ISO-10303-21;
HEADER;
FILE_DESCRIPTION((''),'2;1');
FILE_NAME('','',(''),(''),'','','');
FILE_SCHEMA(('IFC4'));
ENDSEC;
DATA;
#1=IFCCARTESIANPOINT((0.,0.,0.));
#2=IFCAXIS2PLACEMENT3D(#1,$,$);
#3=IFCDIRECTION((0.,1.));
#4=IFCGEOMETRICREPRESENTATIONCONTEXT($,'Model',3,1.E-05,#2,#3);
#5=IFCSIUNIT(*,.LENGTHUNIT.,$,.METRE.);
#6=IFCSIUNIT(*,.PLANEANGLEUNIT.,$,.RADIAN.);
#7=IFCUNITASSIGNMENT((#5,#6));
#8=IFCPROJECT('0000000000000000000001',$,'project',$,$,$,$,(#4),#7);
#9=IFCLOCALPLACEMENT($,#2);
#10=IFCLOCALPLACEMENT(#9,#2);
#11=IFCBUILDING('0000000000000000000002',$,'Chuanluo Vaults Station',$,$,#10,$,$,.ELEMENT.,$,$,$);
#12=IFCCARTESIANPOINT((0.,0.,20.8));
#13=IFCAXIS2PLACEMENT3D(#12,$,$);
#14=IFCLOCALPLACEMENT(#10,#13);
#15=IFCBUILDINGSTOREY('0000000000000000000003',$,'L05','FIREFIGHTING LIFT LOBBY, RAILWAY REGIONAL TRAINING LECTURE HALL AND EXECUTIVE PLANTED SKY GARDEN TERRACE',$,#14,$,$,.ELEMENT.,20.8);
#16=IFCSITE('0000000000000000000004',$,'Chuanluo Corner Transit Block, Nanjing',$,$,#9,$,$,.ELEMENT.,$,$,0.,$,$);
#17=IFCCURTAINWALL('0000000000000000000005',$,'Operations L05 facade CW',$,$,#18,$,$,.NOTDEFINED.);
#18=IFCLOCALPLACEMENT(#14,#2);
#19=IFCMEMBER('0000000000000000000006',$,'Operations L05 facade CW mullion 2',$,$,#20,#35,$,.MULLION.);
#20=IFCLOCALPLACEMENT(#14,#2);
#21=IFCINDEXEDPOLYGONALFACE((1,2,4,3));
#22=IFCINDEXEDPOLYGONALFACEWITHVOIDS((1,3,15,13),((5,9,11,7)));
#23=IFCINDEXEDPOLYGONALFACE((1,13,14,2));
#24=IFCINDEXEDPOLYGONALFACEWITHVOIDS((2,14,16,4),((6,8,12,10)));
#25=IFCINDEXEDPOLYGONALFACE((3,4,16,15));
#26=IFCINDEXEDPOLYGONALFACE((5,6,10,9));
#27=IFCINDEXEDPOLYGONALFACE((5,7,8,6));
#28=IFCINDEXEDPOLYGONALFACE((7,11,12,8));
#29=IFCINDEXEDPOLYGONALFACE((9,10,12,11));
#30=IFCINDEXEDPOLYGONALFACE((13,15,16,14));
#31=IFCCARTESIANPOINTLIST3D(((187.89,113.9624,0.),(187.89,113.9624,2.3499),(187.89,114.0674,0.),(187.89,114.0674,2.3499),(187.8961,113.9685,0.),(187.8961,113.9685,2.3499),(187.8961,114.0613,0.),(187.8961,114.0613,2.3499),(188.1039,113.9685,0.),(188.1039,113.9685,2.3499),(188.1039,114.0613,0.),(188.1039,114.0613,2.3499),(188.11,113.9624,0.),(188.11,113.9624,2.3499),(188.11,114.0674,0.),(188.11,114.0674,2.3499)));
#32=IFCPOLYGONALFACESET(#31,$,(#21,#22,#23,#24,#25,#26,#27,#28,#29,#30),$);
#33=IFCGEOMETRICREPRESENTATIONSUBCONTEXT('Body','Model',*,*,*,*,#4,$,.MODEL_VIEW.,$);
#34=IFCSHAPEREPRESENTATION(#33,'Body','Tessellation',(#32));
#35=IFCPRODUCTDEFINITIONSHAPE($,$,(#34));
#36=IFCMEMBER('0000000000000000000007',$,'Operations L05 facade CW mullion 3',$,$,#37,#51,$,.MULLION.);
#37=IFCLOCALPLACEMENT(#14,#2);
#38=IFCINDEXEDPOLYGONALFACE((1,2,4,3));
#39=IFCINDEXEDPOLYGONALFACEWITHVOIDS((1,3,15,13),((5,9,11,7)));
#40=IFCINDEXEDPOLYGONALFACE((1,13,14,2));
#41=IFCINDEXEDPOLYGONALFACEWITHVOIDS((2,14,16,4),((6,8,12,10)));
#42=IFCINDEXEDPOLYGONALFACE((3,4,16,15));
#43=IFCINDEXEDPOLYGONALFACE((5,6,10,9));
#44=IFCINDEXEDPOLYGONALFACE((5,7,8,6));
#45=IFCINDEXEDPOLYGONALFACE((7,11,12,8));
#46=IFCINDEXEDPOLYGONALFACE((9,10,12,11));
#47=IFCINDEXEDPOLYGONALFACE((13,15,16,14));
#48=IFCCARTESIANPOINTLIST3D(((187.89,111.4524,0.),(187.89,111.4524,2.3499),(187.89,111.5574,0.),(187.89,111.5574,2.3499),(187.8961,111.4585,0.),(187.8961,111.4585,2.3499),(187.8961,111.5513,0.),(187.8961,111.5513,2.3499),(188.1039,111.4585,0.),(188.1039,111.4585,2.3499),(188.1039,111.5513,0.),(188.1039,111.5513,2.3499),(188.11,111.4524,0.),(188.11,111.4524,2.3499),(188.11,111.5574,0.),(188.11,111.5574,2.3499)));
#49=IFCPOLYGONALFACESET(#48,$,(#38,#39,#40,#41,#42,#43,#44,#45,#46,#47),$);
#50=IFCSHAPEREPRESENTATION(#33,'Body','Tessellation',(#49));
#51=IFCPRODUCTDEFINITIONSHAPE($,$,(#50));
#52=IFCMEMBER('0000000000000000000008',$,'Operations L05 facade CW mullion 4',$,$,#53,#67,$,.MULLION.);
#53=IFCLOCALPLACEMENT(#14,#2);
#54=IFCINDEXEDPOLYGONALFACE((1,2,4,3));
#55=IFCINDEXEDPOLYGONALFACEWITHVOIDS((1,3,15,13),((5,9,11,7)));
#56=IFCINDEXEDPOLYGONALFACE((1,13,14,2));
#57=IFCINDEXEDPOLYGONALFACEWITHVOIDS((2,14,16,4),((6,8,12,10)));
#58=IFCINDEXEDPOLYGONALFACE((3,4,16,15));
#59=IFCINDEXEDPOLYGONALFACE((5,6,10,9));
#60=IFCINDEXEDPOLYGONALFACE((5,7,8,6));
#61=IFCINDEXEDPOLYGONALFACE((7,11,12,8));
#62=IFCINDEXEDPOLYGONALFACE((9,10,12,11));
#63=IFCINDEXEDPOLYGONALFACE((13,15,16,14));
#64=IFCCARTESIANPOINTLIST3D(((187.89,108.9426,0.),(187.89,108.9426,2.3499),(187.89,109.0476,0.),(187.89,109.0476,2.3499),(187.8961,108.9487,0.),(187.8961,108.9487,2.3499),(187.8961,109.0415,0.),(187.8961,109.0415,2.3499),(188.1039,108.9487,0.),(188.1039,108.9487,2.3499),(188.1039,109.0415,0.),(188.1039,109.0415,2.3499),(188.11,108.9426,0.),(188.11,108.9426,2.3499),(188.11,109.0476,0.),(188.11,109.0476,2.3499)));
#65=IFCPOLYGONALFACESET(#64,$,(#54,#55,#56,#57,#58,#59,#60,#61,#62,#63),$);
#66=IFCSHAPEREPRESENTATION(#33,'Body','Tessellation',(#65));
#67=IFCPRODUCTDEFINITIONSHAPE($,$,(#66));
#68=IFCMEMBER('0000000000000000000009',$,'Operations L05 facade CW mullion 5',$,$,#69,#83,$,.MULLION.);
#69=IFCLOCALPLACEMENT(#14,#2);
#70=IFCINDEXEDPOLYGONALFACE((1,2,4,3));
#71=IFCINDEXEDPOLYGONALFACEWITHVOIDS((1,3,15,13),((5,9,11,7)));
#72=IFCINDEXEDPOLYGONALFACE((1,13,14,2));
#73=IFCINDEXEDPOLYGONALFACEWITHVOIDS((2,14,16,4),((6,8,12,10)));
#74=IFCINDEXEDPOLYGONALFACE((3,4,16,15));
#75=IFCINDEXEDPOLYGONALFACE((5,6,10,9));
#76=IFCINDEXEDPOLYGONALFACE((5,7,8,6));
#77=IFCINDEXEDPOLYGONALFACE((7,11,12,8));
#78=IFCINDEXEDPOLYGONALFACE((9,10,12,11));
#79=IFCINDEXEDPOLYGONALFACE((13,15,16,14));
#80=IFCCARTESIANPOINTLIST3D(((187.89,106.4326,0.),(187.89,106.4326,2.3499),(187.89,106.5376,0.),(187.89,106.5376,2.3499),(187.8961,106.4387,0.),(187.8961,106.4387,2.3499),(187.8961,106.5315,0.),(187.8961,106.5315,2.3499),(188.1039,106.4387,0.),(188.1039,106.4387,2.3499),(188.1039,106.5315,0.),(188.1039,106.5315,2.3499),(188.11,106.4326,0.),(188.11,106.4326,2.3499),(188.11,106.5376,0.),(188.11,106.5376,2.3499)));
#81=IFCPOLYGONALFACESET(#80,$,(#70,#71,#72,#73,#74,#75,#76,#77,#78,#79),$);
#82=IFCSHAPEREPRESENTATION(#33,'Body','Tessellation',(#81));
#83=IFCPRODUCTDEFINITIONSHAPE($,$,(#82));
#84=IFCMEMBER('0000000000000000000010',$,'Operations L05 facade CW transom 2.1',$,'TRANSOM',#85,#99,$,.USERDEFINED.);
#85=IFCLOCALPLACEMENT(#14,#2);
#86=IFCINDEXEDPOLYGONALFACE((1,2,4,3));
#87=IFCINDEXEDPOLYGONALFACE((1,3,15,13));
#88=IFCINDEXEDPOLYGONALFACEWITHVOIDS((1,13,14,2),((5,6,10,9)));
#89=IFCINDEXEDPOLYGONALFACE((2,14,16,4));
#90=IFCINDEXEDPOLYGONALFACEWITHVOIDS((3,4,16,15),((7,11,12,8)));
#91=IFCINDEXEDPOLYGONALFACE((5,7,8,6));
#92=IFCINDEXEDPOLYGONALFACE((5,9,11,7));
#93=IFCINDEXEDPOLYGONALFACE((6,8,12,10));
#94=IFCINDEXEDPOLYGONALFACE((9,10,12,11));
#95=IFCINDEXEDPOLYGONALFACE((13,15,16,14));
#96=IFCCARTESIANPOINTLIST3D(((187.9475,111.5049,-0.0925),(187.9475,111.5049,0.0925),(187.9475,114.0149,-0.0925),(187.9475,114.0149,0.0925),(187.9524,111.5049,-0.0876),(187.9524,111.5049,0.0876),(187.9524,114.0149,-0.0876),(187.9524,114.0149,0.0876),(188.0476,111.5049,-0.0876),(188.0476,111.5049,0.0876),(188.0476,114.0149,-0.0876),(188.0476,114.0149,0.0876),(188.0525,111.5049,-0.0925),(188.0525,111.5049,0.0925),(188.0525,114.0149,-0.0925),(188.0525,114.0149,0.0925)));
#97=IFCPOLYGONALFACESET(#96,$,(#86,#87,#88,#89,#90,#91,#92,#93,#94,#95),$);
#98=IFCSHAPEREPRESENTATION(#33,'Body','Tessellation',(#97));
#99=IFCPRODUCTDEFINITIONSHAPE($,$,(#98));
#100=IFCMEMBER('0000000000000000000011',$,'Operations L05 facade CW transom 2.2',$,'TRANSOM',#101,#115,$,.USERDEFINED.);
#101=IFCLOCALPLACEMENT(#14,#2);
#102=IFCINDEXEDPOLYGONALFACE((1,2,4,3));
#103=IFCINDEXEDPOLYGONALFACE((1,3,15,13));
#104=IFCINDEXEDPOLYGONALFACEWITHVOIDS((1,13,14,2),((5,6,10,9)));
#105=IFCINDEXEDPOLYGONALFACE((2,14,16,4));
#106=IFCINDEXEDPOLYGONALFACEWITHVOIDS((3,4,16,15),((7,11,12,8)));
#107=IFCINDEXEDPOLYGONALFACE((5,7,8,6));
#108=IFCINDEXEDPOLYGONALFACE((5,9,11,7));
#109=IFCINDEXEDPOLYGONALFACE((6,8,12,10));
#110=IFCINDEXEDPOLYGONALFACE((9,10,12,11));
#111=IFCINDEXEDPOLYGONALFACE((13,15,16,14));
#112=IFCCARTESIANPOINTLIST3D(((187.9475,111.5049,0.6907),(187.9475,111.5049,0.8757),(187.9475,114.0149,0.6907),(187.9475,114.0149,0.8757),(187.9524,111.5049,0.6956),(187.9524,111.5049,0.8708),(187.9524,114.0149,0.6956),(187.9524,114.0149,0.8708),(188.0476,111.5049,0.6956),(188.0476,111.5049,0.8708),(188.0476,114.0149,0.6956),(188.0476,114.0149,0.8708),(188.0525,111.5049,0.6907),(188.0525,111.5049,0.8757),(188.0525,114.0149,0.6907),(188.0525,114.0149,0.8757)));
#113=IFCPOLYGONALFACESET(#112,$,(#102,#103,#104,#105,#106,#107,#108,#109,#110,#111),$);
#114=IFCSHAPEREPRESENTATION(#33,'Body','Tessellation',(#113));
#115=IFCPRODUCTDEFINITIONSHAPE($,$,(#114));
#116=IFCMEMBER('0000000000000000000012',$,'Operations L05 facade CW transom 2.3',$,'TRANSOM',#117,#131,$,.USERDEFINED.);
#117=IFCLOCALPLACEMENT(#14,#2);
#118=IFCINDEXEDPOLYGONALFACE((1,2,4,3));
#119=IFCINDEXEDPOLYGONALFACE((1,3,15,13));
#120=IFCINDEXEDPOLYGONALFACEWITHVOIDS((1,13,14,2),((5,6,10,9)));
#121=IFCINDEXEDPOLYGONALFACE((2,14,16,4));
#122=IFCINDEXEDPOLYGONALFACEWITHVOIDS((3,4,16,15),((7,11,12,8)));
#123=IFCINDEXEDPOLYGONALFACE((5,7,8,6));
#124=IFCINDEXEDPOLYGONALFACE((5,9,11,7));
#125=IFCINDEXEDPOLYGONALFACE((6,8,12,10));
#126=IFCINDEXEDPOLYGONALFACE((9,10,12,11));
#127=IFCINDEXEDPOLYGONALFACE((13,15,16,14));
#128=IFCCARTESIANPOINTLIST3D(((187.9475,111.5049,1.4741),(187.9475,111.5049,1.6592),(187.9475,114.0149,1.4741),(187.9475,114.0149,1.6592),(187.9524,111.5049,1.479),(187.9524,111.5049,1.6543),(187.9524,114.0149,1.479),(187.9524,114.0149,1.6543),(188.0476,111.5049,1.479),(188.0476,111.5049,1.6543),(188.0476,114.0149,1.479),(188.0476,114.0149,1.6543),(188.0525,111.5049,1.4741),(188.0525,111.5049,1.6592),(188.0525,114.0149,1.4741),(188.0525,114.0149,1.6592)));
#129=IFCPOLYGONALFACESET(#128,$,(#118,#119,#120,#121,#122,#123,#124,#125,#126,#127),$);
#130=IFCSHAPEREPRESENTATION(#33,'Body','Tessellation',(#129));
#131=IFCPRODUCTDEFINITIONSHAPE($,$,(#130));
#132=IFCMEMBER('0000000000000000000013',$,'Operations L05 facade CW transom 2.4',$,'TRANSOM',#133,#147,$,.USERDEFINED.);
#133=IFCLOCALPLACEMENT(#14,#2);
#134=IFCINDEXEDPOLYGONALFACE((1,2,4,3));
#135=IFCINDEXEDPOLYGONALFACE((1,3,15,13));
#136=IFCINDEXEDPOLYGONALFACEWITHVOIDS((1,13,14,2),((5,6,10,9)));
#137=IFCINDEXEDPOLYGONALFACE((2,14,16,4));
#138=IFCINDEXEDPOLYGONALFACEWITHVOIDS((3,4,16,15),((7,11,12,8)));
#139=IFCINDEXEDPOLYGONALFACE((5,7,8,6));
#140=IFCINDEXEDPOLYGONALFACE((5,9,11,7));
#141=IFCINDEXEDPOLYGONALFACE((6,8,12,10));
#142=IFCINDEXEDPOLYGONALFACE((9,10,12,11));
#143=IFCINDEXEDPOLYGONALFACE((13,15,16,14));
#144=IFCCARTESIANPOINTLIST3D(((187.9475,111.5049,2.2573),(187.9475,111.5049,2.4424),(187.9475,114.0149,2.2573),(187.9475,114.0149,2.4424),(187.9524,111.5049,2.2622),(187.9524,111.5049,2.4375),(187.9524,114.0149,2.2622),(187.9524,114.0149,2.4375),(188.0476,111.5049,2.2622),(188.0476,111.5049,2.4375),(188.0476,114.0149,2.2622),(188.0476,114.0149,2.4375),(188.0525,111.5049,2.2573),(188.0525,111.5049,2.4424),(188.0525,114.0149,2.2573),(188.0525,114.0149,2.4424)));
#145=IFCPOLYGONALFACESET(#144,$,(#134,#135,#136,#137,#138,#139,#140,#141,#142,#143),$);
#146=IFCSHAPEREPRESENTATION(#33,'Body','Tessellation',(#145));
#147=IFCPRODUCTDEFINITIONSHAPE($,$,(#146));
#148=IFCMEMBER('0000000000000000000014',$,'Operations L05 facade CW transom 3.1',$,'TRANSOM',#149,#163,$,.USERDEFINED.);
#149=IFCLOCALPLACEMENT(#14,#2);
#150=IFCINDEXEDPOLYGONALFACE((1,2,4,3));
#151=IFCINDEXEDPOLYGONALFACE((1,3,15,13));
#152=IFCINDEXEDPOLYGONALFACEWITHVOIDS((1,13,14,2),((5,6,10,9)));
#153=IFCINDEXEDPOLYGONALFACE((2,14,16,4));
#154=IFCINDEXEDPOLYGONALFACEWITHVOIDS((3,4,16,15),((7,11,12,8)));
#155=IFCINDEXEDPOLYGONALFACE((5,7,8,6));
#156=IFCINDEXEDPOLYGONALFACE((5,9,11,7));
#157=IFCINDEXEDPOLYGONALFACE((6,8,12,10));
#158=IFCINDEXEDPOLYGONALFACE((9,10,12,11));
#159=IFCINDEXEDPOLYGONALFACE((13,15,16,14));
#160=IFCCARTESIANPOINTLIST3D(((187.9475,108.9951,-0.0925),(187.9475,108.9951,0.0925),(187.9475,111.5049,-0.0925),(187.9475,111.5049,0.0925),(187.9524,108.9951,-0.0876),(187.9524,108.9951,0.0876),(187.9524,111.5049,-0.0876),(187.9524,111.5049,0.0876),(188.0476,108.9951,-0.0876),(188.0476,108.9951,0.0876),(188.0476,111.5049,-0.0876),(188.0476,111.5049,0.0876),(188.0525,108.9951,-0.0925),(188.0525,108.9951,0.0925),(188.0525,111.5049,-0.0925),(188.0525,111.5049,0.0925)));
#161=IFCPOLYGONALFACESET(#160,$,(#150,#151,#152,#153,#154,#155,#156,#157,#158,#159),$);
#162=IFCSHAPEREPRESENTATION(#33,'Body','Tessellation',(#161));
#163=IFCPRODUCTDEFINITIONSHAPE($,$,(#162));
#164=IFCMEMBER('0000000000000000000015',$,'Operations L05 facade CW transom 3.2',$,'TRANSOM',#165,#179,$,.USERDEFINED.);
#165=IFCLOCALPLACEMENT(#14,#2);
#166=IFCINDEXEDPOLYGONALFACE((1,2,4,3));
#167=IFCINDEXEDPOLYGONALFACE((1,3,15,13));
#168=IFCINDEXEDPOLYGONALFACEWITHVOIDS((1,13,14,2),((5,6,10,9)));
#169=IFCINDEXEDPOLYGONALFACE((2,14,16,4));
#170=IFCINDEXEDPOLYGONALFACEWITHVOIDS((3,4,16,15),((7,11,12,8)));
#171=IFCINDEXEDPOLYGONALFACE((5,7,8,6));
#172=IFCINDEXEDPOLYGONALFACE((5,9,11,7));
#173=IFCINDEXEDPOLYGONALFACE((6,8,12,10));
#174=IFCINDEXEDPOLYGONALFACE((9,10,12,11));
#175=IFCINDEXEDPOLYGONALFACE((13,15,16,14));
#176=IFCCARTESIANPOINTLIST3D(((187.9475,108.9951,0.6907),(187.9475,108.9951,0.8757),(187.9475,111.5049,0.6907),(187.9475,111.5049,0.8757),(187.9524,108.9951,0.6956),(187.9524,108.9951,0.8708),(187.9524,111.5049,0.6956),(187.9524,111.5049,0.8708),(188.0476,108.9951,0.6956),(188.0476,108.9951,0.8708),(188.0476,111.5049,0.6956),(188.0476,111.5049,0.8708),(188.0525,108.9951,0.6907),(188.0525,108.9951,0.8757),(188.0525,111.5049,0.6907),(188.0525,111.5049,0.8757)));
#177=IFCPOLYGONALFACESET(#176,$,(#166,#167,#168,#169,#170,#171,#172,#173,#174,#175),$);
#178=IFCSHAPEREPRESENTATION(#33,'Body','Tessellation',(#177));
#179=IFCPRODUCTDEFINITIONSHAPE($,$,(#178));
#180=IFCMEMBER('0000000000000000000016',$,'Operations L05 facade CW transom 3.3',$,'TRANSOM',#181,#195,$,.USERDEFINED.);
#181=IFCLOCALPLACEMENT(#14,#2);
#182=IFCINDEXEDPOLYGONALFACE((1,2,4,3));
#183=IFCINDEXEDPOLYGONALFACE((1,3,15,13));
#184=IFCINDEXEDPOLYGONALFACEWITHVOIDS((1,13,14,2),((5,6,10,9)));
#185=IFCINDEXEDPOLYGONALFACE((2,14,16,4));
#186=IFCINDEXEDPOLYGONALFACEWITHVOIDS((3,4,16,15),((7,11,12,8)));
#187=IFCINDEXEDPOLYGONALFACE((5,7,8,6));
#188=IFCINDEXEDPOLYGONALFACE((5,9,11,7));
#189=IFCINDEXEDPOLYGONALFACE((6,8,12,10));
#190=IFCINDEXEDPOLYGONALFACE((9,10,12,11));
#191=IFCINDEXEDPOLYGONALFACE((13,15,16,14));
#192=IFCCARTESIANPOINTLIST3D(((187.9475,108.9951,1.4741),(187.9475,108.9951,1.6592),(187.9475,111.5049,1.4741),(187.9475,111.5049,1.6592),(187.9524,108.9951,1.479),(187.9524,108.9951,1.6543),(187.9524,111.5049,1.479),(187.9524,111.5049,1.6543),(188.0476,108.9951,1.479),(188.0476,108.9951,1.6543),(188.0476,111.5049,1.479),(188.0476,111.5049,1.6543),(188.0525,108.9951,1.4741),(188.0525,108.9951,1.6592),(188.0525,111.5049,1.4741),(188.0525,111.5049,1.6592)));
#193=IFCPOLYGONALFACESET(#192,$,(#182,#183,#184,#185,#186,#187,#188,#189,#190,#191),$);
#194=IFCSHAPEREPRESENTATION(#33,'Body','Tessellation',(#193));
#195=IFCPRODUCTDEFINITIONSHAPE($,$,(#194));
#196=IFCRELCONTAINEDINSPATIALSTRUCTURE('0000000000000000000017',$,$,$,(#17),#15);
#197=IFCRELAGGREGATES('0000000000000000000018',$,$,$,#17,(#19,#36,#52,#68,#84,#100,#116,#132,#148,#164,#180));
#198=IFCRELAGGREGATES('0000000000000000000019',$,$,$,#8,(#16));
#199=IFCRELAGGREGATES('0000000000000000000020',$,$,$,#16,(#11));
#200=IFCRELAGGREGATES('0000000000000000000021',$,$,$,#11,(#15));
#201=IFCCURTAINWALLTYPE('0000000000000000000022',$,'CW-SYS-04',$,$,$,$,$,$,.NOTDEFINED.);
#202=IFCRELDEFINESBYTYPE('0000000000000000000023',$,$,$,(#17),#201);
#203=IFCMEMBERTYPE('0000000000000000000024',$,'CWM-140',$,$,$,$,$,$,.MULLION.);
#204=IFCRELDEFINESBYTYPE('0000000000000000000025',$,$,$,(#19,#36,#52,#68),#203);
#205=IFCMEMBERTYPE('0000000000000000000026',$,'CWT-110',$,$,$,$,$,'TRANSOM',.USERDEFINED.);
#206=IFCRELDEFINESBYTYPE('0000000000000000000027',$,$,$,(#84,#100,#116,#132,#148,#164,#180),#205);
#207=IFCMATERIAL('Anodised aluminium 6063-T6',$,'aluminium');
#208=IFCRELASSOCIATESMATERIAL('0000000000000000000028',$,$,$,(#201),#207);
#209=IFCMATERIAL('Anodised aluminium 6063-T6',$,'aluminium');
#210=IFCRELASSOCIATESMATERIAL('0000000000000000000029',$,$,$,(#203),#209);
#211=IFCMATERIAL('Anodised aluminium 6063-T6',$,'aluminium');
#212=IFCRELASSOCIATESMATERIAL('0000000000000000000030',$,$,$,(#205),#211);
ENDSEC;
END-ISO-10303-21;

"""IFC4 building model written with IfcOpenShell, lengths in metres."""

from ifc_helpers import new_model, si_unit, direction, frame, origin, origin_2d, place, context, subcontext, project, spatial, hollow_rectangle, extrude, material, material_profile, profile_set, type_object, element, aggregate, save


model = new_model("IFC4")

# Units and contexts
model_context = context("Model", 3, precision=1e-05, world=origin(), true_north=direction((0.0, 1.0)))
body_context = subcontext(model_context, "Body", "Model", "MODEL_VIEW")
ifc_project = project(units=[si_unit("LENGTHUNIT", "METRE"), si_unit("PLANEANGLEUNIT", "RADIAN")], contexts=[model_context])

# Site, building, storey
site_placement = place(None, origin())
site = spatial("IfcSite", under=ifc_project, at=site_placement, Name="Chuanluo Corner Transit Block, Nanjing", CompositionType="ELEMENT", RefElevation=0.0)
building_placement = place(site_placement, origin())
building = spatial("IfcBuilding", under=site, at=building_placement, Name="Chuanluo Vaults Station", CompositionType="ELEMENT")
storey_placement = place(building_placement, frame((0.0, 0.0, 20.8)))
storey = spatial("IfcBuildingStorey", under=building, at=storey_placement, Name="L05", Description="FIREFIGHTING LIFT LOBBY, RAILWAY REGIONAL TRAINING LECTURE HALL AND EXECUTIVE PLANTED SKY GARDEN TERRACE", CompositionType="ELEMENT", Elevation=20.8)

# Curtain wall, members
ifc_material_1 = material(Name="Anodised aluminium 6063-T6", Category="aluminium")
curtain_wall_type = type_object("IfcCurtainWallType", Name="CW-SYS-04", PredefinedType="NOTDEFINED", material=ifc_material_1)
curtain_wall_placement = place(storey_placement, origin())
curtain_wall = element("IfcCurtainWall", 1, at=curtain_wall_placement, inside=storey, type_object=curtain_wall_type, Name="Operations L05 facade CW", PredefinedType="NOTDEFINED")
ifc_material_2 = material(Name="Anodised aluminium 6063-T6", Category="aluminium")
ifc_material_profile_1 = material_profile(ifc_material_2, hollow_rectangle(XDim=0.105, YDim=0.22, WallThickness=0.0061, at=origin_2d()))
ifc_profile_set_1 = profile_set([ifc_material_profile_1], Name="Anodised aluminium 6063-T6")
member_type_1 = type_object("IfcMemberType", Name="CWM-140", PredefinedType="MULLION", material=ifc_profile_set_1)
member_1_placement = place(storey_placement, frame((188.0, 114.0149, 0.0), z_axis=(0.0, 0.0, 1.0), x_axis=(0.0, -1.0, 0.0)))
member_1 = element("IfcMember", 2, at=member_1_placement, type_object=member_type_1, Name="Operations L05 facade CW mullion 2", PredefinedType="MULLION", context=body_context, shape_type="SweptSolid", body=[
    extrude(hollow_rectangle(XDim=0.105, YDim=0.22, WallThickness=0.0061, at=origin_2d()), origin(), (0.0, 0.0, 1.0), 2.3499),
])
member_2_placement = place(storey_placement, frame((188.0, 111.5049, 0.0), z_axis=(0.0, 0.0, 1.0), x_axis=(0.0, -1.0, 0.0)))
member_2 = element("IfcMember", 3, at=member_2_placement, type_object=member_type_1, Name="Operations L05 facade CW mullion 3", PredefinedType="MULLION", context=body_context, shape_type="SweptSolid", body=[
    extrude(hollow_rectangle(XDim=0.105, YDim=0.22, WallThickness=0.0061, at=origin_2d()), origin(), (0.0, 0.0, 1.0), 2.3499),
])
member_3_placement = place(storey_placement, frame((188.0, 108.9951, 0.0), z_axis=(0.0, 0.0, 1.0), x_axis=(0.0, -1.0, 0.0)))
member_3 = element("IfcMember", 4, at=member_3_placement, type_object=member_type_1, Name="Operations L05 facade CW mullion 4", PredefinedType="MULLION", context=body_context, shape_type="SweptSolid", body=[
    extrude(hollow_rectangle(XDim=0.105, YDim=0.22, WallThickness=0.0061, at=origin_2d()), origin(), (0.0, 0.0, 1.0), 2.3499),
])
member_4_placement = place(storey_placement, frame((188.0, 106.4851, 0.0), z_axis=(0.0, 0.0, 1.0), x_axis=(0.0, -1.0, 0.0)))
member_4 = element("IfcMember", 5, at=member_4_placement, type_object=member_type_1, Name="Operations L05 facade CW mullion 5", PredefinedType="MULLION", context=body_context, shape_type="SweptSolid", body=[
    extrude(hollow_rectangle(XDim=0.105, YDim=0.22, WallThickness=0.0061, at=origin_2d()), origin(), (0.0, 0.0, 1.0), 2.3499),
])
ifc_material_3 = material(Name="Anodised aluminium 6063-T6", Category="aluminium")
ifc_material_profile_2 = material_profile(ifc_material_3, hollow_rectangle(XDim=0.105, YDim=0.1851, WallThickness=0.0049, at=origin_2d()))
ifc_profile_set_2 = profile_set([ifc_material_profile_2], Name="Anodised aluminium 6063-T6")
member_type_2 = type_object("IfcMemberType", Name="CWT-110", ElementType="TRANSOM", PredefinedType="USERDEFINED", material=ifc_profile_set_2)
member_5_placement = place(storey_placement, frame((188.0, 114.0149, 0.0), z_axis=(0.0, -1.0, 0.0), x_axis=(1.0, 0.0, 0.0)))
member_5 = element("IfcMember", 6, at=member_5_placement, type_object=member_type_2, Name="Operations L05 facade CW transom 2.1", ObjectType="TRANSOM", PredefinedType="USERDEFINED", context=body_context, shape_type="SweptSolid", body=[
    extrude(hollow_rectangle(XDim=0.105, YDim=0.1851, WallThickness=0.0049, at=origin_2d()), origin(), (0.0, 0.0, 1.0), 2.51),
])
member_6_placement = place(storey_placement, frame((188.0, 114.0149, 0.7832), z_axis=(0.0, -1.0, 0.0), x_axis=(1.0, 0.0, 0.0)))
member_6 = element("IfcMember", 7, at=member_6_placement, type_object=member_type_2, Name="Operations L05 facade CW transom 2.2", ObjectType="TRANSOM", PredefinedType="USERDEFINED", context=body_context, shape_type="SweptSolid", body=[
    extrude(hollow_rectangle(XDim=0.105, YDim=0.1851, WallThickness=0.0049, at=origin_2d()), origin(), (0.0, 0.0, 1.0), 2.51),
])
member_7_placement = place(storey_placement, frame((188.0, 114.0149, 1.5667), z_axis=(0.0, -1.0, 0.0), x_axis=(1.0, 0.0, 0.0)))
member_7 = element("IfcMember", 8, at=member_7_placement, type_object=member_type_2, Name="Operations L05 facade CW transom 2.3", ObjectType="TRANSOM", PredefinedType="USERDEFINED", context=body_context, shape_type="SweptSolid", body=[
    extrude(hollow_rectangle(XDim=0.105, YDim=0.1851, WallThickness=0.0049, at=origin_2d()), origin(), (0.0, 0.0, 1.0), 2.51),
])
member_8_placement = place(storey_placement, frame((188.0, 114.0149, 2.3499), z_axis=(0.0, -1.0, 0.0), x_axis=(1.0, 0.0, 0.0)))
member_8 = element("IfcMember", 9, at=member_8_placement, type_object=member_type_2, Name="Operations L05 facade CW transom 2.4", ObjectType="TRANSOM", PredefinedType="USERDEFINED", context=body_context, shape_type="SweptSolid", body=[
    extrude(hollow_rectangle(XDim=0.105, YDim=0.1851, WallThickness=0.0049, at=origin_2d()), origin(), (0.0, 0.0, 1.0), 2.51),
])
member_9_placement = place(storey_placement, frame((188.0, 111.5049, 0.0), z_axis=(0.0, -1.0, 0.0), x_axis=(1.0, 0.0, 0.0)))
member_9 = element("IfcMember", 10, at=member_9_placement, type_object=member_type_2, Name="Operations L05 facade CW transom 3.1", ObjectType="TRANSOM", PredefinedType="USERDEFINED", context=body_context, shape_type="SweptSolid", body=[
    extrude(hollow_rectangle(XDim=0.105, YDim=0.1851, WallThickness=0.0049, at=origin_2d()), origin(), (0.0, 0.0, 1.0), 2.5098),
])
member_10_placement = place(storey_placement, frame((188.0, 111.5049, 0.7832), z_axis=(0.0, -1.0, 0.0), x_axis=(1.0, 0.0, 0.0)))
member_10 = element("IfcMember", 11, at=member_10_placement, type_object=member_type_2, Name="Operations L05 facade CW transom 3.2", ObjectType="TRANSOM", PredefinedType="USERDEFINED", context=body_context, shape_type="SweptSolid", body=[
    extrude(hollow_rectangle(XDim=0.105, YDim=0.1851, WallThickness=0.0049, at=origin_2d()), origin(), (0.0, 0.0, 1.0), 2.5098),
])
member_11_placement = place(storey_placement, frame((188.0, 111.5049, 1.5667), z_axis=(0.0, -1.0, 0.0), x_axis=(1.0, 0.0, 0.0)))
member_11 = element("IfcMember", 12, at=member_11_placement, type_object=member_type_2, Name="Operations L05 facade CW transom 3.3", ObjectType="TRANSOM", PredefinedType="USERDEFINED", context=body_context, shape_type="SweptSolid", body=[
    extrude(hollow_rectangle(XDim=0.105, YDim=0.1851, WallThickness=0.0049, at=origin_2d()), origin(), (0.0, 0.0, 1.0), 2.5098),
])
aggregate(curtain_wall, [member_1, member_2, member_3, member_4, member_5, member_6, member_7, member_8, member_9, member_10, member_11])

save(model, "model.ifc")
